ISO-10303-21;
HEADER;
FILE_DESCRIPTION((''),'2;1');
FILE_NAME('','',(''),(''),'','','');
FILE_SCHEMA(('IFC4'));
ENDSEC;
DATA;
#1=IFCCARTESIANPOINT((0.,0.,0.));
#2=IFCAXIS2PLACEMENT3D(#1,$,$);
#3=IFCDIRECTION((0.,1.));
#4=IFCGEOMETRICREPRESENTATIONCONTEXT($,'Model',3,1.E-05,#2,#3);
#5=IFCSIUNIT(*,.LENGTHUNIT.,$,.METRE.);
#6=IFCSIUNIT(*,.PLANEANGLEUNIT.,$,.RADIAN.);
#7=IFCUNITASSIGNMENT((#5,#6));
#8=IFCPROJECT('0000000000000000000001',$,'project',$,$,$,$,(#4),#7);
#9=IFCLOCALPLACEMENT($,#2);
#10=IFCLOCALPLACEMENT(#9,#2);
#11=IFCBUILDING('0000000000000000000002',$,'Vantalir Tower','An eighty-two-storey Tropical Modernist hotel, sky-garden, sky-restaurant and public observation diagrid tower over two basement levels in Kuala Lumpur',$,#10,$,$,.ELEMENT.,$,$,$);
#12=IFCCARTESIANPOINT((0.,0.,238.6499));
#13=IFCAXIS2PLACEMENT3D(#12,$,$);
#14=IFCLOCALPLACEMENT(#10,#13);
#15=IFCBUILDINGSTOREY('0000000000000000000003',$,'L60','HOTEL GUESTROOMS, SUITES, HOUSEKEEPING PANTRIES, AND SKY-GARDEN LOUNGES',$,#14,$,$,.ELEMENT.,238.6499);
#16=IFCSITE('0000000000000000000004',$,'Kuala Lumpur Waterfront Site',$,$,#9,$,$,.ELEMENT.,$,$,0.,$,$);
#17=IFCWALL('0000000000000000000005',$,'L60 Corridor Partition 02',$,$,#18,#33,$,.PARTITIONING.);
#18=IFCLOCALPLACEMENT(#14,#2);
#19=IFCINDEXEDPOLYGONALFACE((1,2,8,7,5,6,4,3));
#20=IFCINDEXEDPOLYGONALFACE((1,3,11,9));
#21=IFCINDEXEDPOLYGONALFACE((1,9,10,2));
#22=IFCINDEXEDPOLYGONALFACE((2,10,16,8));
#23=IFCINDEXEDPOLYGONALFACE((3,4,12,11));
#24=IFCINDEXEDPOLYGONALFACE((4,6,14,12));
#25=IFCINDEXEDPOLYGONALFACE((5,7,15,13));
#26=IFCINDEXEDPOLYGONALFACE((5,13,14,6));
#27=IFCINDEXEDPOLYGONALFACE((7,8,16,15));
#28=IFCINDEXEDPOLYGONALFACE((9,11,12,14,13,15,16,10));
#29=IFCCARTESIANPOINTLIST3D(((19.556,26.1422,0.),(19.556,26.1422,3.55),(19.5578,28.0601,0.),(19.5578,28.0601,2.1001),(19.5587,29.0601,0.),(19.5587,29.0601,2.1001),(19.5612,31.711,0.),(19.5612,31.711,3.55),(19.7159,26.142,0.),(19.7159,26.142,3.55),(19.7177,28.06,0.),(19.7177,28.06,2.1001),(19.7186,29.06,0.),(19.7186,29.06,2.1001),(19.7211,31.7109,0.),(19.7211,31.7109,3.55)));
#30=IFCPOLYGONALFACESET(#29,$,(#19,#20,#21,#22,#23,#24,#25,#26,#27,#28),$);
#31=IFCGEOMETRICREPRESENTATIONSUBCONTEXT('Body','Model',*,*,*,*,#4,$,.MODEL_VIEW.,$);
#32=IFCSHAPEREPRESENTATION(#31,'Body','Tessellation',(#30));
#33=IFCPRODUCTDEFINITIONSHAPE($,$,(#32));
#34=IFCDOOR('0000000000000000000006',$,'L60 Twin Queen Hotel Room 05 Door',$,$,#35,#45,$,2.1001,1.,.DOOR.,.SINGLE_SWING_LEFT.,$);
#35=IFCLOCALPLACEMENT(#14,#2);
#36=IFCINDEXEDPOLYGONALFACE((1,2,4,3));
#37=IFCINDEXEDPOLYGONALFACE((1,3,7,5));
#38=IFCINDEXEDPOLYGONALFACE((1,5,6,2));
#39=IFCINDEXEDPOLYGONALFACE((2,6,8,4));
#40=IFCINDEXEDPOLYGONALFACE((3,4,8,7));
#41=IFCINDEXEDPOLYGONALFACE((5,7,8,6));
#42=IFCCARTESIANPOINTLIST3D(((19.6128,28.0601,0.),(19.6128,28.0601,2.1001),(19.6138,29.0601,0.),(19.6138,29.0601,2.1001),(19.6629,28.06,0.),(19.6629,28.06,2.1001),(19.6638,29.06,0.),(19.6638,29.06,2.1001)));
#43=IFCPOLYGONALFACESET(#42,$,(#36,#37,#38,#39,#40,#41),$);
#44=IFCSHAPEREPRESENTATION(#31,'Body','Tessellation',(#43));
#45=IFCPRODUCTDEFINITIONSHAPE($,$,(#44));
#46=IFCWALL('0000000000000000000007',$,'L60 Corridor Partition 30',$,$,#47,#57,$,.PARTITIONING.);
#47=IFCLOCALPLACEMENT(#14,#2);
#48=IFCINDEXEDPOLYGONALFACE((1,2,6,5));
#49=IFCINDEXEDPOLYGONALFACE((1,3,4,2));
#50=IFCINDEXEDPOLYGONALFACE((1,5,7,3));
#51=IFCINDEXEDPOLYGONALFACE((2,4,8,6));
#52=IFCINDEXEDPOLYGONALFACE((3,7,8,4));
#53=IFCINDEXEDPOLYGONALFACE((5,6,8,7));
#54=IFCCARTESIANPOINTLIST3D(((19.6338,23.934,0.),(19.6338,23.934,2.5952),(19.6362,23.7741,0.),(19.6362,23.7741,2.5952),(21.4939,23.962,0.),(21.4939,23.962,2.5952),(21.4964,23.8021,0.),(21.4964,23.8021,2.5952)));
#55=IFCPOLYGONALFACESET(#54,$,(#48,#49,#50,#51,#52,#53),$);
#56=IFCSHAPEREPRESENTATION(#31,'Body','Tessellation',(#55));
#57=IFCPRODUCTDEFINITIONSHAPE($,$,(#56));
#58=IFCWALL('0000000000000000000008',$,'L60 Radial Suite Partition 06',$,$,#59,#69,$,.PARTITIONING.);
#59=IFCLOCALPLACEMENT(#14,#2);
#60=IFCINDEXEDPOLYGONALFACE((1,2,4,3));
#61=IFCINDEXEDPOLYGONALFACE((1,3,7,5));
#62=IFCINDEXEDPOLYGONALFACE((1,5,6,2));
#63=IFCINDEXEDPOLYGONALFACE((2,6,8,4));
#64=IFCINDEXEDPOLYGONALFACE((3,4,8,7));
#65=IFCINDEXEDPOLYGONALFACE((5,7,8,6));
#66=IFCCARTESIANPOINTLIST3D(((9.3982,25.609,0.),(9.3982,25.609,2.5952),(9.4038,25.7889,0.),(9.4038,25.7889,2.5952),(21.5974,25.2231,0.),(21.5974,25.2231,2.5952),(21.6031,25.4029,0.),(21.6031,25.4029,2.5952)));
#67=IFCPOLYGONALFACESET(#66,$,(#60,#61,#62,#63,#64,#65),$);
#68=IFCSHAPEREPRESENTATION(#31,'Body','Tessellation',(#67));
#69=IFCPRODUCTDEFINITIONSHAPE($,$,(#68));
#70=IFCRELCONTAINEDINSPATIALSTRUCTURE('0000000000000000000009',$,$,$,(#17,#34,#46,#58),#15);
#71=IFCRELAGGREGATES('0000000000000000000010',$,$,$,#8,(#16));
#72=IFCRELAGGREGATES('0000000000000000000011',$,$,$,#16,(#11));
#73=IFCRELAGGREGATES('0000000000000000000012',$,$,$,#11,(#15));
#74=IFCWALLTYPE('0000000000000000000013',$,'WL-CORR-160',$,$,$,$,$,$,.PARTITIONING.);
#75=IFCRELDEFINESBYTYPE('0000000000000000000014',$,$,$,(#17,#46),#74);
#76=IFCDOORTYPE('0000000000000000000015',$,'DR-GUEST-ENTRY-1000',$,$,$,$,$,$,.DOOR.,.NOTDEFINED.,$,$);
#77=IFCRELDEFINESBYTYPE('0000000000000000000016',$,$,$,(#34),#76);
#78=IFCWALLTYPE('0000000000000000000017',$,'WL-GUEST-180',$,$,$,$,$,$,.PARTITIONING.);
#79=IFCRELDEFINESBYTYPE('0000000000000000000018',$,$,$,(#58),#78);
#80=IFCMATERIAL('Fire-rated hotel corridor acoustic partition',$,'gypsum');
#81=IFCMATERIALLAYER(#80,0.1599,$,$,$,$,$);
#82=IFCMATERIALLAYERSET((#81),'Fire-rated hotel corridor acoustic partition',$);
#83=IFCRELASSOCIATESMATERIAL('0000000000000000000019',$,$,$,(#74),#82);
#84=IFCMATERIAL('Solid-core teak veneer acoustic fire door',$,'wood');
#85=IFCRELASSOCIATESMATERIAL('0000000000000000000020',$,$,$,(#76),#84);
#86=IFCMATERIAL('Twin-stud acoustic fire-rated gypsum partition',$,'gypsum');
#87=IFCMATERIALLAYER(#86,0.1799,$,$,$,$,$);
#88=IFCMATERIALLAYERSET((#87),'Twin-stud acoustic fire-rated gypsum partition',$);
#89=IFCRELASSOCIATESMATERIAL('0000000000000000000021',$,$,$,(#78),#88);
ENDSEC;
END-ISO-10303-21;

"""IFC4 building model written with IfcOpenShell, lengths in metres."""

from ifc_helpers import new_model, si_unit, direction, frame, frame_2d, origin, place, context, subcontext, project, spatial, rectangle, extrude, material, layer, layer_set, type_object, element, fill, save


model = new_model("IFC4")

# Units and contexts
model_context = context("Model", 3, precision=1e-05, world=origin(), true_north=direction((0.0, 1.0)))
body_context = subcontext(model_context, "Body", "Model", "MODEL_VIEW")
ifc_project = project(units=[si_unit("LENGTHUNIT", "METRE"), si_unit("PLANEANGLEUNIT", "RADIAN")], contexts=[model_context])

# Site, building, storey
site_placement = place(None, origin())
site = spatial("IfcSite", under=ifc_project, at=site_placement, Name="Kuala Lumpur Waterfront Site", CompositionType="ELEMENT", RefElevation=0.0)
building_placement = place(site_placement, origin())
building = spatial("IfcBuilding", under=site, at=building_placement, Name="Vantalir Tower", Description="An eighty-two-storey Tropical Modernist hotel, sky-garden, sky-restaurant and public observation diagrid tower over two basement levels in Kuala Lumpur", CompositionType="ELEMENT")
storey_placement = place(building_placement, frame((0.0, 0.0, 238.6499)))
storey = spatial("IfcBuildingStorey", under=building, at=storey_placement, Name="L60", Description="HOTEL GUESTROOMS, SUITES, HOUSEKEEPING PANTRIES, AND SKY-GARDEN LOUNGES", CompositionType="ELEMENT", Elevation=238.6499)

# Shared definitions
ifc_material_1 = material(Name="Fire-rated hotel corridor acoustic partition", Category="gypsum")
ifc_layer_1 = layer(ifc_material_1, 0.1599)
ifc_layer_set_1 = layer_set([ifc_layer_1], Name="Fire-rated hotel corridor acoustic partition")
wall_type_1 = type_object("IfcWallType", Name="WL-CORR-160", PredefinedType="PARTITIONING", material=ifc_layer_set_1)

# Wall, opening, door
wall_1_placement = place(storey_placement, frame((19.636, 26.1421, 0.0), z_axis=(0.0, 0.0, 1.0), x_axis=(0.000921, 1.0, 0.0)))
wall_1 = element("IfcWall", 1, at=wall_1_placement, inside=storey, type_object=wall_type_1, Name="L60 Corridor Partition 02", PredefinedType="PARTITIONING", context=body_context, shape_type="SweptSolid", body=[
    extrude(rectangle(XDim=5.5688, YDim=0.1599, at=frame_2d((2.7844, 0.0))), origin(), (0.0, 0.0, 1.0), 3.55),
])
opening_1_placement = place(wall_1_placement, frame((1.918, 0.0, 0.0)))
opening_1 = element("IfcOpeningElement", 2, at=opening_1_placement, cuts=wall_1, PredefinedType="OPENING", context=body_context, shape_type="SweptSolid", body=[
    extrude(rectangle(XDim=1.0, YDim=2.1001, at=frame_2d((0.5, 1.05))), frame((0.0, 0.0898, 0.0), z_axis=(0.0, -1.0, 0.0), x_axis=(1.0, 0.0, 0.0)), (0.0, 0.0, 1.0), 0.1799),
])
ifc_material_2 = material(Name="Solid-core teak veneer acoustic fire door", Category="wood")
door_type_1 = type_object("IfcDoorType", Name="DR-GUEST-ENTRY-1000", OperationType="NOTDEFINED", PredefinedType="DOOR", material=ifc_material_2)
door_1_placement = place(opening_1_placement, origin())
door_1 = element("IfcDoor", 3, at=door_1_placement, inside=storey, type_object=door_type_1, Name="L60 Twin Queen Hotel Room 05 Door", OperationType="SINGLE_SWING_LEFT", OverallHeight=2.1001, OverallWidth=1.0, PredefinedType="DOOR", context=body_context, shape_type="SweptSolid", body=[
    extrude(rectangle(XDim=1.0, YDim=2.1001, at=frame_2d((0.5, 1.05))), frame((0.0, 0.0249, 0.0), z_axis=(0.0, -1.0, 0.0), x_axis=(1.0, 0.0, 0.0)), (0.0, 0.0, 1.0), 0.05),
])
fill(opening_1, door_1)

# Walls
wall_2_placement = place(storey_placement, frame((19.635, 23.854, 0.0), z_axis=(0.0, 0.0, 1.0), x_axis=(0.999886, 0.015092, 0.0)))
element("IfcWall", 4, at=wall_2_placement, inside=storey, type_object=wall_type_1, Name="L60 Corridor Partition 30", PredefinedType="PARTITIONING", context=body_context, shape_type="SweptSolid", body=[
    extrude(rectangle(XDim=1.8604, YDim=0.1599, at=frame_2d((0.9302, 0.0))), origin(), (0.0, 0.0, 1.0), 2.5952),
])
ifc_material_3 = material(Name="Twin-stud acoustic fire-rated gypsum partition", Category="gypsum")
ifc_layer_2 = layer(ifc_material_3, 0.1799)
ifc_layer_set_2 = layer_set([ifc_layer_2], Name="Twin-stud acoustic fire-rated gypsum partition")
wall_type_2 = type_object("IfcWallType", Name="WL-GUEST-180", PredefinedType="PARTITIONING", material=ifc_layer_set_2)
wall_3_placement = place(storey_placement, frame((21.6001, 25.313, 0.0), z_axis=(0.0, 0.0, 1.0), x_axis=(-0.9995, 0.031624, 0.0)))
element("IfcWall", 5, at=wall_3_placement, inside=storey, type_object=wall_type_2, Name="L60 Radial Suite Partition 06", PredefinedType="PARTITIONING", context=body_context, shape_type="SweptSolid", body=[
    extrude(rectangle(XDim=12.2053, YDim=0.1799, at=frame_2d((6.1025, 0.0))), origin(), (0.0, 0.0, 1.0), 2.5952),
])

save(model, "model.ifc")
